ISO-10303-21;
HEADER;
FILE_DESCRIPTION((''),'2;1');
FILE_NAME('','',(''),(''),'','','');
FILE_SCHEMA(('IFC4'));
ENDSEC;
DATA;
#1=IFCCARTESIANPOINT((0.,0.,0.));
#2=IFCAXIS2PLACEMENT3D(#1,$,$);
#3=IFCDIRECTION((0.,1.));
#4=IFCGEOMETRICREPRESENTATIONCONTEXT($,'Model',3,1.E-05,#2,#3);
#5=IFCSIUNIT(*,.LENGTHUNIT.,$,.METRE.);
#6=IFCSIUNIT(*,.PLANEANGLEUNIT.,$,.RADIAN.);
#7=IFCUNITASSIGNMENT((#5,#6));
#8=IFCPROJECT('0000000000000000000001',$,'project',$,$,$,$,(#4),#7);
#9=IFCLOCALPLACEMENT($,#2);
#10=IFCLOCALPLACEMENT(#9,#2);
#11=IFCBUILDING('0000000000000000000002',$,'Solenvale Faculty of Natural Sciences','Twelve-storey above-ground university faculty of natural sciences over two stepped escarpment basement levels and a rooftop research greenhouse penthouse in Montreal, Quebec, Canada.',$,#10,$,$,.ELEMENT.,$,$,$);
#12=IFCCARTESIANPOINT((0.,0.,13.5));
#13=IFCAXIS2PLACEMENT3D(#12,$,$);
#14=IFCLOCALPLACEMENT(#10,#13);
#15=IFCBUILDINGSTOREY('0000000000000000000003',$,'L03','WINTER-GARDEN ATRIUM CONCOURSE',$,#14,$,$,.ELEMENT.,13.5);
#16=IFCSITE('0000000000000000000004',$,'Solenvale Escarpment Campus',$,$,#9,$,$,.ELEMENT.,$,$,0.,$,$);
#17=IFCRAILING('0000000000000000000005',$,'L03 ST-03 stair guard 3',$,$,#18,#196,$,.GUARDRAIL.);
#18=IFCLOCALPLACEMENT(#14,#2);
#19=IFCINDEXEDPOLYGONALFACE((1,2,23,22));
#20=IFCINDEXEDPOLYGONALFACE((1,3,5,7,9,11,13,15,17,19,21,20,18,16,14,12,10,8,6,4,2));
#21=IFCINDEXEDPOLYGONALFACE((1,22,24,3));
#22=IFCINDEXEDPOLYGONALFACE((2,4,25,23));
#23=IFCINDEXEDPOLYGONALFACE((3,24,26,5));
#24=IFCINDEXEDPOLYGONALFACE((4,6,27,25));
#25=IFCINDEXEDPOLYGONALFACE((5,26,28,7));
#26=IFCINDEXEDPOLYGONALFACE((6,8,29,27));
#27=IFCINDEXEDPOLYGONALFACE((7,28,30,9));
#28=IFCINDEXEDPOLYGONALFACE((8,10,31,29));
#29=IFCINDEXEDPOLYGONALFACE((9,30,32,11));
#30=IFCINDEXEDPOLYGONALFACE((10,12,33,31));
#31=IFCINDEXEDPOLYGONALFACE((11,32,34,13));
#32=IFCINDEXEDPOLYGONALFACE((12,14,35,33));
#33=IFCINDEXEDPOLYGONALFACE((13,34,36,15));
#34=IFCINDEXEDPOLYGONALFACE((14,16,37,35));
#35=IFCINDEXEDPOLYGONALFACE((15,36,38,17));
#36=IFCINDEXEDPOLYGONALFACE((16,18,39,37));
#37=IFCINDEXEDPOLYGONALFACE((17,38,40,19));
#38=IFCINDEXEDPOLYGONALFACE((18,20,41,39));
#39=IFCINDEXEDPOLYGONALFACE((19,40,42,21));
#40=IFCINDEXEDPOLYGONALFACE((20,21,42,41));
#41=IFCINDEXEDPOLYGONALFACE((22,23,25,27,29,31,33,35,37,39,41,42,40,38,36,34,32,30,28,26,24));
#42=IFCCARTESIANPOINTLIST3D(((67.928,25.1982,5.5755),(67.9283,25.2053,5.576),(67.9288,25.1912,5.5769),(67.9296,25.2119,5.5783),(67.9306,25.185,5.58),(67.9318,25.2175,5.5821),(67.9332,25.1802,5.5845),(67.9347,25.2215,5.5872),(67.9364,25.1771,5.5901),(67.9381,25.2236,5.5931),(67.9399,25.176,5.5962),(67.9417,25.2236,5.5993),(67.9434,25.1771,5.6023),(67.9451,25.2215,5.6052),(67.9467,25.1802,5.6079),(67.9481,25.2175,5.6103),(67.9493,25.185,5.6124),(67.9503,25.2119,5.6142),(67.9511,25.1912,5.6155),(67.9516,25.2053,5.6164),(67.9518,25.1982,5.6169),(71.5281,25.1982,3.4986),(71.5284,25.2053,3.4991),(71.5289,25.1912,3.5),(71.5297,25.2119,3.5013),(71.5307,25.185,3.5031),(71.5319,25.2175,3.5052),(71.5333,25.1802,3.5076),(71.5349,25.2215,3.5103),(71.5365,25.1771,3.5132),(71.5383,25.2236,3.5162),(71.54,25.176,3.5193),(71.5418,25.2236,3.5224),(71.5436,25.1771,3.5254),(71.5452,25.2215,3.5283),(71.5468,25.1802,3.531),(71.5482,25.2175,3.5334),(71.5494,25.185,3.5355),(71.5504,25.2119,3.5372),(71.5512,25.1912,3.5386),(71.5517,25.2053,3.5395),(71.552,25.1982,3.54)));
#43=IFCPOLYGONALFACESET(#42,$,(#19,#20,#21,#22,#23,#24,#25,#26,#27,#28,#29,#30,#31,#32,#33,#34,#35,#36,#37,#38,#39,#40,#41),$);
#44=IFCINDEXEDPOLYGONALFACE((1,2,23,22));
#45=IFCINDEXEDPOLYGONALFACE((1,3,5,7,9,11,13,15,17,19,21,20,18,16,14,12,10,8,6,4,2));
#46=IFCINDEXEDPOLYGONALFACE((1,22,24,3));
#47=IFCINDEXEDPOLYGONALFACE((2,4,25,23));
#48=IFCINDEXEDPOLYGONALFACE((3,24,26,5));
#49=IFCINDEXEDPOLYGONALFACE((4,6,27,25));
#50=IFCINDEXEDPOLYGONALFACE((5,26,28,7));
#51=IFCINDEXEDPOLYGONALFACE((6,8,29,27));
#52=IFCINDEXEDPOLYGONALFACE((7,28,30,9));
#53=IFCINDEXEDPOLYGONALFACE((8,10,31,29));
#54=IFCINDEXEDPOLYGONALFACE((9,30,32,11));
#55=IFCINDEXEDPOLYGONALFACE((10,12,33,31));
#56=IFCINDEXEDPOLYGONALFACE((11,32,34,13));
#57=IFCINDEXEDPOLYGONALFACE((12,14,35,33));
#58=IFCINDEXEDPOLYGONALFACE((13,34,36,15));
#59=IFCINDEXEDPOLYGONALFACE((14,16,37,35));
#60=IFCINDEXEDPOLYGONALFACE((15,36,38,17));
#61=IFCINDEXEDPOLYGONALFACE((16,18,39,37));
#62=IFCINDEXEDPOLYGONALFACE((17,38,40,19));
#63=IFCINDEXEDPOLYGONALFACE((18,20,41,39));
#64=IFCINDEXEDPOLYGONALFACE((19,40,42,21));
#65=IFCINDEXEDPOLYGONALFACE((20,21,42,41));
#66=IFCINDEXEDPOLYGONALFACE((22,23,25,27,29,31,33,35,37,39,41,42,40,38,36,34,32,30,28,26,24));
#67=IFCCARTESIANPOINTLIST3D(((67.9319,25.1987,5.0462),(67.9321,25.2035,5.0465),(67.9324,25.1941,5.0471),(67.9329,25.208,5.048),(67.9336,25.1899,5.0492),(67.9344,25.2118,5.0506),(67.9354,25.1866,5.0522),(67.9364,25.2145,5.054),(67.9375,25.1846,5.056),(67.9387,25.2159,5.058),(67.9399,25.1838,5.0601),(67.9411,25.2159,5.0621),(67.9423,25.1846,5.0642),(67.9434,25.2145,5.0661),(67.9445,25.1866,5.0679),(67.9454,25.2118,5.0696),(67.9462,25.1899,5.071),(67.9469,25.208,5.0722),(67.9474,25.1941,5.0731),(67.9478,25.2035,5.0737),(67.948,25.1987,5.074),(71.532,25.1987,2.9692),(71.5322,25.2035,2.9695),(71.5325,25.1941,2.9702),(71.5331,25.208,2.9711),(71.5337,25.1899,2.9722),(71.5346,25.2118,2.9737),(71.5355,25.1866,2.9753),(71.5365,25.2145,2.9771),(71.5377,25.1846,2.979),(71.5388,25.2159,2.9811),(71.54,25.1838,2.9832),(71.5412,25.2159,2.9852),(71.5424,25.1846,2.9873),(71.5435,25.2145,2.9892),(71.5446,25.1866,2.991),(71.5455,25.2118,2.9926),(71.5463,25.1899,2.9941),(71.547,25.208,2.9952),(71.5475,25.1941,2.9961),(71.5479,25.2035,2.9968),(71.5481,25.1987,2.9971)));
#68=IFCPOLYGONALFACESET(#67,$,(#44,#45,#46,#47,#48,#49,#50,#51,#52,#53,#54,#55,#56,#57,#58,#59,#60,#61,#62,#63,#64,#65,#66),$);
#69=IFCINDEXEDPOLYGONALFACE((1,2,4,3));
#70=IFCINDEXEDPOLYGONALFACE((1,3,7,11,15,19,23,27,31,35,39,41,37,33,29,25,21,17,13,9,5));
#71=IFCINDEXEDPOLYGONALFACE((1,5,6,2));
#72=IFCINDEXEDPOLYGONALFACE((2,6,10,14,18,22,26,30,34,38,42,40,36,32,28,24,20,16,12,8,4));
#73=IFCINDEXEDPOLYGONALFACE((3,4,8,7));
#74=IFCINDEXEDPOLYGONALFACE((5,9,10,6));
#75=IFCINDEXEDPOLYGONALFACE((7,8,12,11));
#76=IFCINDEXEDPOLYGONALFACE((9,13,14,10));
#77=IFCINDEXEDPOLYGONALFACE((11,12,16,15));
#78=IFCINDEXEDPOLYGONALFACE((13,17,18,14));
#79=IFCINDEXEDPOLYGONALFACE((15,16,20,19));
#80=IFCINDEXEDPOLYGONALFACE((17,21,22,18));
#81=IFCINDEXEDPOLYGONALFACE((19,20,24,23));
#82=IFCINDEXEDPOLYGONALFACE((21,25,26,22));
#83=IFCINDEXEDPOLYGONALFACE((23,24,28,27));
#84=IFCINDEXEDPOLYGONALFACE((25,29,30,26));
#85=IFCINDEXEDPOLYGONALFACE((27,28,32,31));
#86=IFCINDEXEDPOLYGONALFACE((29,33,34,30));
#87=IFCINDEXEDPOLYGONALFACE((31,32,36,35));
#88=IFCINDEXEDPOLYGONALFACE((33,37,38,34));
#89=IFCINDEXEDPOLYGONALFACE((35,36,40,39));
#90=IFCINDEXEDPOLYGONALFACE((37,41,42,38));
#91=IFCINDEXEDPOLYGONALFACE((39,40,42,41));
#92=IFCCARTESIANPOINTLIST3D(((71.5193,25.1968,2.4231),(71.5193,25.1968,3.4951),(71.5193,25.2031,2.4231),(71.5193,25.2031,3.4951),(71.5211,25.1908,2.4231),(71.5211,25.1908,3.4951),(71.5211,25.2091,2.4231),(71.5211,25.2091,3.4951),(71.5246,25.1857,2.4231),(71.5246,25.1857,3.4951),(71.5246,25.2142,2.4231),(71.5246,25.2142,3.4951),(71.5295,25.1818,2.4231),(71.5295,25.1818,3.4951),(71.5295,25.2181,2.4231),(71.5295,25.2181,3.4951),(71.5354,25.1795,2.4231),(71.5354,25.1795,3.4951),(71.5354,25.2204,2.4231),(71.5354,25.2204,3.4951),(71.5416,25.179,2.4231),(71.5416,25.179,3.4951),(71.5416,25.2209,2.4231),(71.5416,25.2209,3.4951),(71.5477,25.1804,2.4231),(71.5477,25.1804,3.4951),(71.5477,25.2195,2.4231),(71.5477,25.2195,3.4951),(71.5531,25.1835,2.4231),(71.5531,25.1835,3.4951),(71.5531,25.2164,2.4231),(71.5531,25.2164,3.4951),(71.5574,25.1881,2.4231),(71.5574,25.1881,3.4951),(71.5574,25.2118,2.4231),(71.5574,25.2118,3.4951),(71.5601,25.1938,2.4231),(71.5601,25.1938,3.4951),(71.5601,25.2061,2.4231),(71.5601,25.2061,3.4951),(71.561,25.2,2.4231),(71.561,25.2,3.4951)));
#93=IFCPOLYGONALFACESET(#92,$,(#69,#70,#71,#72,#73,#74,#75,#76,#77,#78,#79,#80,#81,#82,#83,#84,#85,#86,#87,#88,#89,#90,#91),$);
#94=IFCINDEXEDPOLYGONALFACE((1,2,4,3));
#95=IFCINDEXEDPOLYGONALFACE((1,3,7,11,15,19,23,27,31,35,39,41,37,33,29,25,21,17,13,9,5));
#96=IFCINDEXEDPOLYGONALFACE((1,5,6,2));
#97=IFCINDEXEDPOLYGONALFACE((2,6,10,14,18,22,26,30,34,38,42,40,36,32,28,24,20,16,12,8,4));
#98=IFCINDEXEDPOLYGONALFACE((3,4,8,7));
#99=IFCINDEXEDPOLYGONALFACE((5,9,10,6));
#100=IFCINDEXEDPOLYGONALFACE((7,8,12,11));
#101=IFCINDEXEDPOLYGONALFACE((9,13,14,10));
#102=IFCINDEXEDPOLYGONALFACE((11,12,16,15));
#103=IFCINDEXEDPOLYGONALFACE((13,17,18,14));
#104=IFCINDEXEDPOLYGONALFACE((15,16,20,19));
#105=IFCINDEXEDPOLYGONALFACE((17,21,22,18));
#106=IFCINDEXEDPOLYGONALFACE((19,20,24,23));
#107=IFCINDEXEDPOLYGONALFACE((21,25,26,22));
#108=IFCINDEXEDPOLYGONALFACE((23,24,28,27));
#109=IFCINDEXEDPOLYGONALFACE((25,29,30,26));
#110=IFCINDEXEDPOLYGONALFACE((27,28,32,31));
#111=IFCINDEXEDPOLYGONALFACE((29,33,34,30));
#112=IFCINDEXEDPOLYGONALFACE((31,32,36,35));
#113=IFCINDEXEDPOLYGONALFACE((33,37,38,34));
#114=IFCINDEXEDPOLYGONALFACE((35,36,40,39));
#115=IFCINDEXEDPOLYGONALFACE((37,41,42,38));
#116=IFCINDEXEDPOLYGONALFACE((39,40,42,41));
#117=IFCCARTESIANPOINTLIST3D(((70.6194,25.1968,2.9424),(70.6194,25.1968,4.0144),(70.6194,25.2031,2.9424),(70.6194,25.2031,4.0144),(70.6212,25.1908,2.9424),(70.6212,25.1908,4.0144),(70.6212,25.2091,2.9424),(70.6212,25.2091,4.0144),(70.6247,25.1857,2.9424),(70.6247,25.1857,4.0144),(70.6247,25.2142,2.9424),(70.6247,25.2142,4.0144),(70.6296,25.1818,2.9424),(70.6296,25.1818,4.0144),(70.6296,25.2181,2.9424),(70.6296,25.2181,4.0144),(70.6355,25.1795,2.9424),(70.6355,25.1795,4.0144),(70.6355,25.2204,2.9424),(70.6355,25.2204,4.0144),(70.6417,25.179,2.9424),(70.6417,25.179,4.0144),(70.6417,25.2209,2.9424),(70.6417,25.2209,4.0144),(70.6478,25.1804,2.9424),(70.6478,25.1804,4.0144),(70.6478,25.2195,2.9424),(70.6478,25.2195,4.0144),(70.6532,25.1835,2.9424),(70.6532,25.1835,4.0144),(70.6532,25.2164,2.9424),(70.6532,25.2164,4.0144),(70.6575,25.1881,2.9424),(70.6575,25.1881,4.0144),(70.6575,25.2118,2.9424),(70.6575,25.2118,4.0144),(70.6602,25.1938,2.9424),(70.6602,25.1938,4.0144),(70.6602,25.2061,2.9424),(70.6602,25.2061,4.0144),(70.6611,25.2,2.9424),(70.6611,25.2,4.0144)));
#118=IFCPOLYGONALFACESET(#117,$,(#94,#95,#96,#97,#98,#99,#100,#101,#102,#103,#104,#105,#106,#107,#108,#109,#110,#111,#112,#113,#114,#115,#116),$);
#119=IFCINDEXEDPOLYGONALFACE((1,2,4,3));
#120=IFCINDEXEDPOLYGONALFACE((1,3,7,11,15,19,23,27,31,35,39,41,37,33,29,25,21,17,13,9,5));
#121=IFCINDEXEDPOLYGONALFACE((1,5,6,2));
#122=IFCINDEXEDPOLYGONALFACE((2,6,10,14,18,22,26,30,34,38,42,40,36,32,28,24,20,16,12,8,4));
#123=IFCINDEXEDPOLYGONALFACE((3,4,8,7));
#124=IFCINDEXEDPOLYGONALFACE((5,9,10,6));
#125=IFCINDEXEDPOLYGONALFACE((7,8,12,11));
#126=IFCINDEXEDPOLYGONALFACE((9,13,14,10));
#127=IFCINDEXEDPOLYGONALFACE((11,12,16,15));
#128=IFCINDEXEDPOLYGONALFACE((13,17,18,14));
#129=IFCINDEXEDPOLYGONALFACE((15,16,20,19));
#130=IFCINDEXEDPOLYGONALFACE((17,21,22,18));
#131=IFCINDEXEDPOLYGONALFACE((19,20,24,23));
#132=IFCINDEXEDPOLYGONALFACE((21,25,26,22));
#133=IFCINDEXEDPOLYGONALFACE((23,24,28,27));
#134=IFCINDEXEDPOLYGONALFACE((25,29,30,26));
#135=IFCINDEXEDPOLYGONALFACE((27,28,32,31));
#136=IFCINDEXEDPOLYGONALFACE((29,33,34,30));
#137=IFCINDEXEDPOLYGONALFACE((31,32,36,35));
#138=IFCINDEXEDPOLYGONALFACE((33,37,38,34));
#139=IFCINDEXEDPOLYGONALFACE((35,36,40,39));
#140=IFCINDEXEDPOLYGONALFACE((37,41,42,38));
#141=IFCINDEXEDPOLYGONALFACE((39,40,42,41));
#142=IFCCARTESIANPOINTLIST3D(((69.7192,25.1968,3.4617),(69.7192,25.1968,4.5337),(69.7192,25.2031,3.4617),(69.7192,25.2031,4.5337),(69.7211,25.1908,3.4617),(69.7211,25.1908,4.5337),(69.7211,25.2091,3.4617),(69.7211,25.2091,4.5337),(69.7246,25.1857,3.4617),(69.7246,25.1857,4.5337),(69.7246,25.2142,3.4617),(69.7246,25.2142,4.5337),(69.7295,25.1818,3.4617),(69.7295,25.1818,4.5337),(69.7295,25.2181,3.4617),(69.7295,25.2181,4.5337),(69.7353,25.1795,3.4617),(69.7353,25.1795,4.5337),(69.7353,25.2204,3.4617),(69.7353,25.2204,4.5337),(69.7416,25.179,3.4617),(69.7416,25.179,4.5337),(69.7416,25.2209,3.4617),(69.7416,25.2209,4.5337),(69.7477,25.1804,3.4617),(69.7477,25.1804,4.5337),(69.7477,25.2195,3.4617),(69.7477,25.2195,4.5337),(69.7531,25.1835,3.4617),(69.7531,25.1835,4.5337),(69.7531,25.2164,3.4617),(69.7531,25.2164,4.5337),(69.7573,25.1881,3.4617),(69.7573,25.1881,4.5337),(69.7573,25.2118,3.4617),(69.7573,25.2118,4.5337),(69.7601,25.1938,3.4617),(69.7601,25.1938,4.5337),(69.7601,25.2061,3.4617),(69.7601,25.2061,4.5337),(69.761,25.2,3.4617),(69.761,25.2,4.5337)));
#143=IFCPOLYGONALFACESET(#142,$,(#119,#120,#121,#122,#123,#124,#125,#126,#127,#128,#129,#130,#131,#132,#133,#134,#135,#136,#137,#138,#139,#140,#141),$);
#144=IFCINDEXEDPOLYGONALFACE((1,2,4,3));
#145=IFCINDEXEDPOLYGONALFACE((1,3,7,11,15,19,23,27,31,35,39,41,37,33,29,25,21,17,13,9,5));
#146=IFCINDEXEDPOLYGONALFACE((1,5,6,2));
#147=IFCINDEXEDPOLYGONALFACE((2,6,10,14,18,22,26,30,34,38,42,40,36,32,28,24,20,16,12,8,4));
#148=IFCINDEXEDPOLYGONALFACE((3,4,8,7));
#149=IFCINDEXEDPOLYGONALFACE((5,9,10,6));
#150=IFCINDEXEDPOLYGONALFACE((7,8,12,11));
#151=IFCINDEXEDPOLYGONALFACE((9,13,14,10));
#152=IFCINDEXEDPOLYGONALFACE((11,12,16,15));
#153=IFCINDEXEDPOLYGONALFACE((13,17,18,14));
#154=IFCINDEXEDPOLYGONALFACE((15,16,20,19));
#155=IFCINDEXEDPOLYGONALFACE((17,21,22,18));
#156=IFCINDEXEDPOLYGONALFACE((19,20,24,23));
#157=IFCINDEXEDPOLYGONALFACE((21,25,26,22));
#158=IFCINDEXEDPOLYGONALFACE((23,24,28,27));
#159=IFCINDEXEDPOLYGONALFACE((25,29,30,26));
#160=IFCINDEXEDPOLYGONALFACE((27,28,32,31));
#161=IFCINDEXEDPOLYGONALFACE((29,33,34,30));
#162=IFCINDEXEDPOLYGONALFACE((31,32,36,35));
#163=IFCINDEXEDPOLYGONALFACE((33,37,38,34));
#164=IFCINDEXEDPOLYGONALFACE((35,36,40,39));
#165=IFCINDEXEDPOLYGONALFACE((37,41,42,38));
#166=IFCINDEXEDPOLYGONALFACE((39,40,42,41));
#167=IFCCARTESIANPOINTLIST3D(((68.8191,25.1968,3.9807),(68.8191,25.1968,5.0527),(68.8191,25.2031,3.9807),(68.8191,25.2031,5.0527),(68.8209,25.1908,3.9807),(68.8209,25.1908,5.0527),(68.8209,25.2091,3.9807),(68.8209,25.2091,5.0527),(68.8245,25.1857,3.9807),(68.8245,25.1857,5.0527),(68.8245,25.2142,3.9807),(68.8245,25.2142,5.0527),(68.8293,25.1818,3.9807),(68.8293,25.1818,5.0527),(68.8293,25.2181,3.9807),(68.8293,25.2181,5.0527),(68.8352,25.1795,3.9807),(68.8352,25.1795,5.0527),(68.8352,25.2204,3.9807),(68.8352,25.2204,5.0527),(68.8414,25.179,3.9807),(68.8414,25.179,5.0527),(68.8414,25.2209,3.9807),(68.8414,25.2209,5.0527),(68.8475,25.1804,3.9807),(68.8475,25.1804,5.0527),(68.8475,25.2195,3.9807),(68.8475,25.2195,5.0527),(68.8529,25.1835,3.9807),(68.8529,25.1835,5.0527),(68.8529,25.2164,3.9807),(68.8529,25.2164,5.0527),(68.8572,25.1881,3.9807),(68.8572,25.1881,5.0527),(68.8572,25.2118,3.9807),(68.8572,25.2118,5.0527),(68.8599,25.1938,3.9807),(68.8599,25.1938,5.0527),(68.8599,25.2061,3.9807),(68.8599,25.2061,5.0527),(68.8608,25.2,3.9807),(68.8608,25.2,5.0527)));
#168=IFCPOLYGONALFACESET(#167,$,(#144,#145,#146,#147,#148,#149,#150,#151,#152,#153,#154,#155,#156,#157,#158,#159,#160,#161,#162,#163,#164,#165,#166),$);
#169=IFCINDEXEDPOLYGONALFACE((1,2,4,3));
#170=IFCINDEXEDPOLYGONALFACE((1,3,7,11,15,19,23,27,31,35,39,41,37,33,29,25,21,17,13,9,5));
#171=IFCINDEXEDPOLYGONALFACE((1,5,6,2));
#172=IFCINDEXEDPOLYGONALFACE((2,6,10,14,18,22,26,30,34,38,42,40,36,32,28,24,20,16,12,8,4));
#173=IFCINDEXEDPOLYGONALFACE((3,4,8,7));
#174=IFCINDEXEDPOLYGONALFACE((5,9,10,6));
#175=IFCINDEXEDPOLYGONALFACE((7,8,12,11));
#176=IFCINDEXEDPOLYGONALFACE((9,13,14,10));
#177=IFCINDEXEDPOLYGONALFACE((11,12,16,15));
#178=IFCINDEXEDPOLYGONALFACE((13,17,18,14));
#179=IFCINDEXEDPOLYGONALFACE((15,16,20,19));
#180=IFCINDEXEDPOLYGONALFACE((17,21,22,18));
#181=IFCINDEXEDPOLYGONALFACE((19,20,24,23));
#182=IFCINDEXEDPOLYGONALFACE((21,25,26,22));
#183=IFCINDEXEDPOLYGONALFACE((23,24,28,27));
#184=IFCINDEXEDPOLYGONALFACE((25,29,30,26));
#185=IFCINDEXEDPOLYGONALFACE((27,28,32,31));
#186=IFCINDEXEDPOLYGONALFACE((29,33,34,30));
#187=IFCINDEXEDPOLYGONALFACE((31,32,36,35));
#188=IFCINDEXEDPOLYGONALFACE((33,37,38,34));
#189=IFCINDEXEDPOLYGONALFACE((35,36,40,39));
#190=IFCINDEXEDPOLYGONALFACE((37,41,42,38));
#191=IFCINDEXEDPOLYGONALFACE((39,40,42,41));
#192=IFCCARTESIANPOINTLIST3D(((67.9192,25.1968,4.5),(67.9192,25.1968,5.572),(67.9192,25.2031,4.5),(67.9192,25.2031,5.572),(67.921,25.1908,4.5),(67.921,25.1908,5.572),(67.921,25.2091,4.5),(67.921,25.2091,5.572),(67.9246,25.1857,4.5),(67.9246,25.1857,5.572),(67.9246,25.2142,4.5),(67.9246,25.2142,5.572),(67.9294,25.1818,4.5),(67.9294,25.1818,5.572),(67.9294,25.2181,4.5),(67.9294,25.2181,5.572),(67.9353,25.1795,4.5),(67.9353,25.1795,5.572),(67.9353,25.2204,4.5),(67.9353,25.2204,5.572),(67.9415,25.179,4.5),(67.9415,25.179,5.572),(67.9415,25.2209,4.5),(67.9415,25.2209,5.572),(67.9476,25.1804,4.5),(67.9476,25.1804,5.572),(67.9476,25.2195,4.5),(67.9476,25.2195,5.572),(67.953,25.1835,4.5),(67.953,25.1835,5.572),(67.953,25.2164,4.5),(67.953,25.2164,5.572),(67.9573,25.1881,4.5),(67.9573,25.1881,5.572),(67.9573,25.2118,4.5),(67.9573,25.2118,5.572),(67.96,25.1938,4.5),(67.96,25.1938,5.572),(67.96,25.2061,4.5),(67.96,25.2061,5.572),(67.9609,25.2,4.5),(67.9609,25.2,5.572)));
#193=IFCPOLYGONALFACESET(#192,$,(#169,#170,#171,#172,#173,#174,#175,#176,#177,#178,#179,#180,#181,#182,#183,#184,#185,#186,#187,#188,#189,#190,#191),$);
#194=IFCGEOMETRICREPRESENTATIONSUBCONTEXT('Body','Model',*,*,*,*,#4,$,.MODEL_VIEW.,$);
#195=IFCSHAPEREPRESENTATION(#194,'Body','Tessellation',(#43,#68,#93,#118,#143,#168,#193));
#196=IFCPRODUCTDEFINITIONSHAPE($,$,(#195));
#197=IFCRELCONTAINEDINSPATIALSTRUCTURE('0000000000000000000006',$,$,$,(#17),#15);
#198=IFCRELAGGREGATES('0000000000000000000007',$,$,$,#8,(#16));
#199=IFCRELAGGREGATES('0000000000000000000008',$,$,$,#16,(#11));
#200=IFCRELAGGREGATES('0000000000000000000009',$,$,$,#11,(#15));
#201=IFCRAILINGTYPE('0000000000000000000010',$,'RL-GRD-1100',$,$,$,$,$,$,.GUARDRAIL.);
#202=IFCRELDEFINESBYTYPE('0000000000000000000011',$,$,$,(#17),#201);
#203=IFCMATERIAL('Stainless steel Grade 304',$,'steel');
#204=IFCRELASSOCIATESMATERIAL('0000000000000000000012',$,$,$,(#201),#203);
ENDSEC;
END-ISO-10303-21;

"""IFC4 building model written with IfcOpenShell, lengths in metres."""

from ifc_helpers import new_model, si_unit, direction, frame, origin, origin_2d, place, context, subcontext, project, spatial, circle, extrude, material, type_object, element, save


model = new_model("IFC4")

# Units and contexts
model_context = context("Model", 3, precision=1e-05, world=origin(), true_north=direction((0.0, 1.0)))
body_context = subcontext(model_context, "Body", "Model", "MODEL_VIEW")
ifc_project = project(units=[si_unit("LENGTHUNIT", "METRE"), si_unit("PLANEANGLEUNIT", "RADIAN")], contexts=[model_context])

# Site, building, storey
site_placement = place(None, origin())
site = spatial("IfcSite", under=ifc_project, at=site_placement, Name="Solenvale Escarpment Campus", CompositionType="ELEMENT", RefElevation=0.0)
building_placement = place(site_placement, origin())
building = spatial("IfcBuilding", under=site, at=building_placement, Name="Solenvale Faculty of Natural Sciences", Description="Twelve-storey above-ground university faculty of natural sciences over two stepped escarpment basement levels and a rooftop research greenhouse penthouse in Montreal, Quebec, Canada.", CompositionType="ELEMENT")
storey_placement = place(building_placement, frame((0.0, 0.0, 13.5)))
storey = spatial("IfcBuildingStorey", under=building, at=storey_placement, Name="L03", Description="WINTER-GARDEN ATRIUM CONCOURSE", CompositionType="ELEMENT", Elevation=13.5)

# Shared definitions
ifc_material_1 = material(Name="Stainless steel Grade 304", Category="steel")

# Railing
railing_type_1 = type_object("IfcRailingType", Name="RL-GRD-1100", PredefinedType="GUARDRAIL", material=ifc_material_1)
railing_1_placement = place(storey_placement, frame((71.54, 25.2, 2.4231)))
element("IfcRailing", 1, at=railing_1_placement, inside=storey, type_object=railing_type_1, Name="L03 ST-03 stair guard 3", PredefinedType="GUARDRAIL", context=body_context, shape_type="SweptSolid", body=[
    extrude(circle(Radius=0.0239, at=origin_2d()), frame((0.0, 0.0, 1.0962), z_axis=(-0.866193, 0.0, 0.499709), x_axis=(0.0, -1.0, 0.0)), (0.0, 0.0, 1.0), 4.1562),
    extrude(circle(Radius=0.0161, at=origin_2d()), frame((0.0, 0.0, 0.5601), z_axis=(-0.866193, 0.0, 0.499709), x_axis=(0.0, -1.0, 0.0)), (0.0, 0.0, 1.0), 4.1562),
    extrude(circle(Radius=0.021, at=origin_2d()), origin(), (0.0, 0.0, 1.0), 1.072),
    extrude(circle(Radius=0.021, at=origin_2d()), frame((-0.8999, 0.0, 0.5193)), (0.0, 0.0, 1.0), 1.072),
    extrude(circle(Radius=0.021, at=origin_2d()), frame((-1.8, 0.0, 1.0386)), (0.0, 0.0, 1.0), 1.072),
    extrude(circle(Radius=0.021, at=origin_2d()), frame((-2.7002, 0.0, 1.5576)), (0.0, 0.0, 1.0), 1.072),
    extrude(circle(Radius=0.021, at=origin_2d()), frame((-3.6001, 0.0, 2.0769)), (0.0, 0.0, 1.0), 1.072),
])

save(model, "model.ifc")
